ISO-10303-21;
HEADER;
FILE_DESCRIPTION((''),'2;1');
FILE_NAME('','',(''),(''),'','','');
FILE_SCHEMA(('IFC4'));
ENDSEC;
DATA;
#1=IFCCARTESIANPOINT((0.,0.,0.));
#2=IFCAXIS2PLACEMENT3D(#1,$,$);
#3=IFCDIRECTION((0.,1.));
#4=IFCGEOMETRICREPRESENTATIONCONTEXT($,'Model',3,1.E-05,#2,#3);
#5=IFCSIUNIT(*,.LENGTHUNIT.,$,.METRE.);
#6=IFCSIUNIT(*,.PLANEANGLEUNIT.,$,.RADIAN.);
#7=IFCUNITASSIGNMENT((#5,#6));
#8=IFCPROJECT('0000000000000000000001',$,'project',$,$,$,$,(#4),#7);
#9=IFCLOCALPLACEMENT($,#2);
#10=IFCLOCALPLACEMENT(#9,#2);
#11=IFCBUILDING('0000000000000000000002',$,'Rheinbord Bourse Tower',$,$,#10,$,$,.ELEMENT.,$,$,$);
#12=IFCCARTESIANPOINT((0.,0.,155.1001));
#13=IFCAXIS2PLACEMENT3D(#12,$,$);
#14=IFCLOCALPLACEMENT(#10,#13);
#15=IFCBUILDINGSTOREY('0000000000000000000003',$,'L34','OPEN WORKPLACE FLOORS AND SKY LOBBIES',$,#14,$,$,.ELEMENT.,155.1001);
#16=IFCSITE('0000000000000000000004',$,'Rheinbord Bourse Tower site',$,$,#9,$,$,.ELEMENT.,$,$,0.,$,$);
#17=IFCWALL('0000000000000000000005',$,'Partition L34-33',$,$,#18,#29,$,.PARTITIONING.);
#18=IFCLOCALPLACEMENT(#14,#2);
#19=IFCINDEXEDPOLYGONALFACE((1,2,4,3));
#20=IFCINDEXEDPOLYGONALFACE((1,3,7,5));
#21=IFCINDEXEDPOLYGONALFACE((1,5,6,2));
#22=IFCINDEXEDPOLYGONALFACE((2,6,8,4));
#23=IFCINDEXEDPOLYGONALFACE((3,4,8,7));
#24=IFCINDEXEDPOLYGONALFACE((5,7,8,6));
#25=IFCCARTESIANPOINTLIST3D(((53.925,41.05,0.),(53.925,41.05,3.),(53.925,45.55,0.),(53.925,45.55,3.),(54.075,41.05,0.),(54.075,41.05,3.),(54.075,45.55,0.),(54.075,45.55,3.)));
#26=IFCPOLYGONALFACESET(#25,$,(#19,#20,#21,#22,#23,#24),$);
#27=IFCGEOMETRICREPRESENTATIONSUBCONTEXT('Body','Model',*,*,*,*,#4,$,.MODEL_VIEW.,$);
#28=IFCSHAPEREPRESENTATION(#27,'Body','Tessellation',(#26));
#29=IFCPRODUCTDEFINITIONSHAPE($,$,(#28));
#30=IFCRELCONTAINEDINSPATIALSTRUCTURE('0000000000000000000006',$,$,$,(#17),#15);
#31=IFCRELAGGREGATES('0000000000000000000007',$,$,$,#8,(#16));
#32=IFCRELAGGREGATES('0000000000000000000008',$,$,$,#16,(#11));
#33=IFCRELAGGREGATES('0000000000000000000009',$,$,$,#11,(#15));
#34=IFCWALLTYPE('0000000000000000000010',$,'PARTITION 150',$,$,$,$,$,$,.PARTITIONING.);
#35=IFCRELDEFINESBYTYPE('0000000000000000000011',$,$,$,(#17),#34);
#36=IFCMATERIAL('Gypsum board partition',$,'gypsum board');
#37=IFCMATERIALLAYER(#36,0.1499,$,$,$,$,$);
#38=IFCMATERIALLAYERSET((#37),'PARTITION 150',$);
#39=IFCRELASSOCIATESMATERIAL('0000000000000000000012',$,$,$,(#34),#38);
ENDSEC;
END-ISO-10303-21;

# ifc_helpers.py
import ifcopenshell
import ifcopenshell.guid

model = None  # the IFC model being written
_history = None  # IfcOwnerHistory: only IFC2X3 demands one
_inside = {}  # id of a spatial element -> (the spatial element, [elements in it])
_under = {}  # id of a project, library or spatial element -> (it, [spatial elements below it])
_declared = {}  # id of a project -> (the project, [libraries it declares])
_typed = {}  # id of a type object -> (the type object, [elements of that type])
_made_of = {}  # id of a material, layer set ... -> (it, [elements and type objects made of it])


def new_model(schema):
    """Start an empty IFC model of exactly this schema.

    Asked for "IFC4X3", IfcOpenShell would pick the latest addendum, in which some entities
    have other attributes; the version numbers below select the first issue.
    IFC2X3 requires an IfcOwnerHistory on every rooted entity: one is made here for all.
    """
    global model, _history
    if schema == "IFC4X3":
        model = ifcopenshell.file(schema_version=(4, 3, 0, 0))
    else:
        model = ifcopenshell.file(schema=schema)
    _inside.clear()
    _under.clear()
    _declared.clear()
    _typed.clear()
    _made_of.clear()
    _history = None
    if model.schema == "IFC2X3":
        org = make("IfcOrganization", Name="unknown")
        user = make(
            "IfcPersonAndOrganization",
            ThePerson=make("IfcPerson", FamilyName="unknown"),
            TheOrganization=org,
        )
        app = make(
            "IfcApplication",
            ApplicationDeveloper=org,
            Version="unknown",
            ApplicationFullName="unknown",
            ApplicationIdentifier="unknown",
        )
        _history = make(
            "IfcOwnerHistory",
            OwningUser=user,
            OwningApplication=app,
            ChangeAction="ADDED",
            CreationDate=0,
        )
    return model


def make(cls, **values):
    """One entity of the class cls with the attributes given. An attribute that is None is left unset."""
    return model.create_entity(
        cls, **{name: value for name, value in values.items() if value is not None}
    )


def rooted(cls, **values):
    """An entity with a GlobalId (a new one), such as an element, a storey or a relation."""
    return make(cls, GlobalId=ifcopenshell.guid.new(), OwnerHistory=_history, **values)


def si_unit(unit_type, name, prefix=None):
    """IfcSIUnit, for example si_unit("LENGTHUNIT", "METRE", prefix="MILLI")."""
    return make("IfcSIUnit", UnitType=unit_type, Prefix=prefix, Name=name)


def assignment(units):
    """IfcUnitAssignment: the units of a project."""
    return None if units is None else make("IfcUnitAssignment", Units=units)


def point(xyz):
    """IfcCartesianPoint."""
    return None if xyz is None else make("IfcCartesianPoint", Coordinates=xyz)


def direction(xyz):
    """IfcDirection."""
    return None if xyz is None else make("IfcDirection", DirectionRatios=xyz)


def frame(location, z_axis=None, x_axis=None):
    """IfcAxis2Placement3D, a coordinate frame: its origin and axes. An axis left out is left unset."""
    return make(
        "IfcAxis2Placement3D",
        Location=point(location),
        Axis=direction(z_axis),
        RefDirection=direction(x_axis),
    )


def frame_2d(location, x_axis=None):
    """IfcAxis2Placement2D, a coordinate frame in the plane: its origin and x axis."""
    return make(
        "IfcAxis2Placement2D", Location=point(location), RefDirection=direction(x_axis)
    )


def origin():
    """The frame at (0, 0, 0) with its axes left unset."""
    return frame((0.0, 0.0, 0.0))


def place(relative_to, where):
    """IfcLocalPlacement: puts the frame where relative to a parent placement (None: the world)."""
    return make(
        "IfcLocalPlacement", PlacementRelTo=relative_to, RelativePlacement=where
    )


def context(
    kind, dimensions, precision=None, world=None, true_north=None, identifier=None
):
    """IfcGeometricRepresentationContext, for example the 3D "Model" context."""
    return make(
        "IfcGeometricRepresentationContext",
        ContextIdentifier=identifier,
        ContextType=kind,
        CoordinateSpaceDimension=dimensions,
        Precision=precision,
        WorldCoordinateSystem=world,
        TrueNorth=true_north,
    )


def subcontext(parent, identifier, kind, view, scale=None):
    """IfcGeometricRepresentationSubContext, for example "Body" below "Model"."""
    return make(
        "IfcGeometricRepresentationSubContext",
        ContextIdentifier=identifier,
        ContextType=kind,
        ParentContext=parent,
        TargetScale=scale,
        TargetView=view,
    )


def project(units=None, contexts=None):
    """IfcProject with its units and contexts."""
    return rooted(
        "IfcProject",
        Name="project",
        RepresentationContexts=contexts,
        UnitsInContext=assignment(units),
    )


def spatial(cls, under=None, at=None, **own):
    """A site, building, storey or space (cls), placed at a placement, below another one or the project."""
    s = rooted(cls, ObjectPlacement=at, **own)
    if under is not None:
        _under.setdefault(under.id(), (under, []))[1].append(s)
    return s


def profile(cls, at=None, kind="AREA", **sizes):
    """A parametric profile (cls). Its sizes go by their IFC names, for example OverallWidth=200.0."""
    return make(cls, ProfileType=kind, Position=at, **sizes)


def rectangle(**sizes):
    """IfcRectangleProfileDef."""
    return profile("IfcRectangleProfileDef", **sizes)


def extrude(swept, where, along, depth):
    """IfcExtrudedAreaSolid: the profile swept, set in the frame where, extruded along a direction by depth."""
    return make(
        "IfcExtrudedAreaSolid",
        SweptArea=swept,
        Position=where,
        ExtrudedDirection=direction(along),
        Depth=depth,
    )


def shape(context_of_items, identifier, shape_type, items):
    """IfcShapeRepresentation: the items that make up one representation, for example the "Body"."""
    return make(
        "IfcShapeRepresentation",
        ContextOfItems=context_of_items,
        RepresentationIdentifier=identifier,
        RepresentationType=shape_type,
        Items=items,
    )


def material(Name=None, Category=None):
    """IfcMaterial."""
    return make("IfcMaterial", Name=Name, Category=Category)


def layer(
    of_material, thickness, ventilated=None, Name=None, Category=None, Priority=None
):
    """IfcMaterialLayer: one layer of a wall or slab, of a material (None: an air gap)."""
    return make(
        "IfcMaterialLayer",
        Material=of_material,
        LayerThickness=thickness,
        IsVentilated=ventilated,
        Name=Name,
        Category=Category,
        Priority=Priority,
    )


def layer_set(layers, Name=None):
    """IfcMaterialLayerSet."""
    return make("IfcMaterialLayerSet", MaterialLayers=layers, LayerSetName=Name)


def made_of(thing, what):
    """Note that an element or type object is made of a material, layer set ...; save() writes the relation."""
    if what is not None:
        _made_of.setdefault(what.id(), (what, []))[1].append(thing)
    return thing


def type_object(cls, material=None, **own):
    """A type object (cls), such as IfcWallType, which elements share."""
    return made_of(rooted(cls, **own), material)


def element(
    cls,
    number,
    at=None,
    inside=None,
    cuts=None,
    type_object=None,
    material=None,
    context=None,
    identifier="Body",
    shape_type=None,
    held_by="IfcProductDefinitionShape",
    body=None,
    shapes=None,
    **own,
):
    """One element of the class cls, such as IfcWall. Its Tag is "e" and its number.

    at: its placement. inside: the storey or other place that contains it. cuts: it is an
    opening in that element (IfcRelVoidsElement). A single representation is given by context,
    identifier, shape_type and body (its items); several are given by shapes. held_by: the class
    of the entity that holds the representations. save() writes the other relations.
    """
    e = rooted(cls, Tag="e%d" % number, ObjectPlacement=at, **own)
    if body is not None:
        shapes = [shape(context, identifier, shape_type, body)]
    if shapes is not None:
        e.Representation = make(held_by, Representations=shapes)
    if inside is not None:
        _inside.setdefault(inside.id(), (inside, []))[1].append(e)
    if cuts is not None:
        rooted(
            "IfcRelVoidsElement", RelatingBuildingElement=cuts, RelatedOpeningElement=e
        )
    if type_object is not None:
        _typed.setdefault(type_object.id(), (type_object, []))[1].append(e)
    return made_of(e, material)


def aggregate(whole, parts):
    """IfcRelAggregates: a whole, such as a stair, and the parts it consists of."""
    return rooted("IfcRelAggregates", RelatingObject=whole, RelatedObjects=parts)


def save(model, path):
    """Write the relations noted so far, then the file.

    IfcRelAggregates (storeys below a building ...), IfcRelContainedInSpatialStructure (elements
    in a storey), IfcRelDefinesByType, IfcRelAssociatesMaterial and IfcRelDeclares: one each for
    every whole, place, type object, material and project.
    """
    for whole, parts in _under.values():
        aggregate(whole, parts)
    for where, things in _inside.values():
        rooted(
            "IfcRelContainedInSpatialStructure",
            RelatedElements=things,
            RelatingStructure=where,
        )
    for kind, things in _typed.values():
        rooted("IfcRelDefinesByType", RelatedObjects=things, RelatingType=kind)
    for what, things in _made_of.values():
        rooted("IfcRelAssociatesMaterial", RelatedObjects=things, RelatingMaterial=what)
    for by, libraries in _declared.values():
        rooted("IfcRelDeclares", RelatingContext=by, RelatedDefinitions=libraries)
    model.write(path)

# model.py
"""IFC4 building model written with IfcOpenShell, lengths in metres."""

from ifc_helpers import new_model, si_unit, direction, frame, frame_2d, origin, place, context, subcontext, project, spatial, rectangle, extrude, material, layer, layer_set, type_object, element, save


model = new_model("IFC4")

# Units and contexts
model_context = context("Model", 3, precision=1e-05, world=origin(), true_north=direction((0.0, 1.0)))
body_context = subcontext(model_context, "Body", "Model", "MODEL_VIEW")
ifc_project = project(units=[si_unit("LENGTHUNIT", "METRE"), si_unit("PLANEANGLEUNIT", "RADIAN")], contexts=[model_context])

# Site, building, storey
site_placement = place(None, origin())
site = spatial("IfcSite", under=ifc_project, at=site_placement, Name="Rheinbord Bourse Tower site", CompositionType="ELEMENT", RefElevation=0.0)
building_placement = place(site_placement, origin())
building = spatial("IfcBuilding", under=site, at=building_placement, Name="Rheinbord Bourse Tower", CompositionType="ELEMENT")
storey_placement = place(building_placement, frame((0.0, 0.0, 155.1001)))
storey = spatial("IfcBuildingStorey", under=building, at=storey_placement, Name="L34", Description="OPEN WORKPLACE FLOORS AND SKY LOBBIES", CompositionType="ELEMENT", Elevation=155.1001)

# Shared definitions
ifc_material_1 = material(Name="Gypsum board partition", Category="gypsum board")
ifc_layer_1 = layer(ifc_material_1, 0.1499)
ifc_layer_set_1 = layer_set([ifc_layer_1], Name="PARTITION 150")
wall_type = type_object("IfcWallType", Name="PARTITION 150", PredefinedType="PARTITIONING", material=ifc_layer_set_1)

# Wall
for number, where, z_axis, x_axis, name in (
    (1, (54.0, 41.05, 0.0), (0.0, 0.0, 1.0), (0.0, 1.0, 0.0), "Partition L34-33"),
):
    element("IfcWall", number, at=place(storey_placement, frame(where, z_axis=z_axis, x_axis=x_axis)), inside=storey, type_object=wall_type, Name=name, PredefinedType="PARTITIONING", context=body_context, shape_type="SweptSolid", body=[
        extrude(rectangle(XDim=4.5, YDim=0.1499, at=frame_2d((2.25, 0.0))), origin(), (0.0, 0.0, 1.0), 3.0),
    ])

save(model, "model.ifc")
